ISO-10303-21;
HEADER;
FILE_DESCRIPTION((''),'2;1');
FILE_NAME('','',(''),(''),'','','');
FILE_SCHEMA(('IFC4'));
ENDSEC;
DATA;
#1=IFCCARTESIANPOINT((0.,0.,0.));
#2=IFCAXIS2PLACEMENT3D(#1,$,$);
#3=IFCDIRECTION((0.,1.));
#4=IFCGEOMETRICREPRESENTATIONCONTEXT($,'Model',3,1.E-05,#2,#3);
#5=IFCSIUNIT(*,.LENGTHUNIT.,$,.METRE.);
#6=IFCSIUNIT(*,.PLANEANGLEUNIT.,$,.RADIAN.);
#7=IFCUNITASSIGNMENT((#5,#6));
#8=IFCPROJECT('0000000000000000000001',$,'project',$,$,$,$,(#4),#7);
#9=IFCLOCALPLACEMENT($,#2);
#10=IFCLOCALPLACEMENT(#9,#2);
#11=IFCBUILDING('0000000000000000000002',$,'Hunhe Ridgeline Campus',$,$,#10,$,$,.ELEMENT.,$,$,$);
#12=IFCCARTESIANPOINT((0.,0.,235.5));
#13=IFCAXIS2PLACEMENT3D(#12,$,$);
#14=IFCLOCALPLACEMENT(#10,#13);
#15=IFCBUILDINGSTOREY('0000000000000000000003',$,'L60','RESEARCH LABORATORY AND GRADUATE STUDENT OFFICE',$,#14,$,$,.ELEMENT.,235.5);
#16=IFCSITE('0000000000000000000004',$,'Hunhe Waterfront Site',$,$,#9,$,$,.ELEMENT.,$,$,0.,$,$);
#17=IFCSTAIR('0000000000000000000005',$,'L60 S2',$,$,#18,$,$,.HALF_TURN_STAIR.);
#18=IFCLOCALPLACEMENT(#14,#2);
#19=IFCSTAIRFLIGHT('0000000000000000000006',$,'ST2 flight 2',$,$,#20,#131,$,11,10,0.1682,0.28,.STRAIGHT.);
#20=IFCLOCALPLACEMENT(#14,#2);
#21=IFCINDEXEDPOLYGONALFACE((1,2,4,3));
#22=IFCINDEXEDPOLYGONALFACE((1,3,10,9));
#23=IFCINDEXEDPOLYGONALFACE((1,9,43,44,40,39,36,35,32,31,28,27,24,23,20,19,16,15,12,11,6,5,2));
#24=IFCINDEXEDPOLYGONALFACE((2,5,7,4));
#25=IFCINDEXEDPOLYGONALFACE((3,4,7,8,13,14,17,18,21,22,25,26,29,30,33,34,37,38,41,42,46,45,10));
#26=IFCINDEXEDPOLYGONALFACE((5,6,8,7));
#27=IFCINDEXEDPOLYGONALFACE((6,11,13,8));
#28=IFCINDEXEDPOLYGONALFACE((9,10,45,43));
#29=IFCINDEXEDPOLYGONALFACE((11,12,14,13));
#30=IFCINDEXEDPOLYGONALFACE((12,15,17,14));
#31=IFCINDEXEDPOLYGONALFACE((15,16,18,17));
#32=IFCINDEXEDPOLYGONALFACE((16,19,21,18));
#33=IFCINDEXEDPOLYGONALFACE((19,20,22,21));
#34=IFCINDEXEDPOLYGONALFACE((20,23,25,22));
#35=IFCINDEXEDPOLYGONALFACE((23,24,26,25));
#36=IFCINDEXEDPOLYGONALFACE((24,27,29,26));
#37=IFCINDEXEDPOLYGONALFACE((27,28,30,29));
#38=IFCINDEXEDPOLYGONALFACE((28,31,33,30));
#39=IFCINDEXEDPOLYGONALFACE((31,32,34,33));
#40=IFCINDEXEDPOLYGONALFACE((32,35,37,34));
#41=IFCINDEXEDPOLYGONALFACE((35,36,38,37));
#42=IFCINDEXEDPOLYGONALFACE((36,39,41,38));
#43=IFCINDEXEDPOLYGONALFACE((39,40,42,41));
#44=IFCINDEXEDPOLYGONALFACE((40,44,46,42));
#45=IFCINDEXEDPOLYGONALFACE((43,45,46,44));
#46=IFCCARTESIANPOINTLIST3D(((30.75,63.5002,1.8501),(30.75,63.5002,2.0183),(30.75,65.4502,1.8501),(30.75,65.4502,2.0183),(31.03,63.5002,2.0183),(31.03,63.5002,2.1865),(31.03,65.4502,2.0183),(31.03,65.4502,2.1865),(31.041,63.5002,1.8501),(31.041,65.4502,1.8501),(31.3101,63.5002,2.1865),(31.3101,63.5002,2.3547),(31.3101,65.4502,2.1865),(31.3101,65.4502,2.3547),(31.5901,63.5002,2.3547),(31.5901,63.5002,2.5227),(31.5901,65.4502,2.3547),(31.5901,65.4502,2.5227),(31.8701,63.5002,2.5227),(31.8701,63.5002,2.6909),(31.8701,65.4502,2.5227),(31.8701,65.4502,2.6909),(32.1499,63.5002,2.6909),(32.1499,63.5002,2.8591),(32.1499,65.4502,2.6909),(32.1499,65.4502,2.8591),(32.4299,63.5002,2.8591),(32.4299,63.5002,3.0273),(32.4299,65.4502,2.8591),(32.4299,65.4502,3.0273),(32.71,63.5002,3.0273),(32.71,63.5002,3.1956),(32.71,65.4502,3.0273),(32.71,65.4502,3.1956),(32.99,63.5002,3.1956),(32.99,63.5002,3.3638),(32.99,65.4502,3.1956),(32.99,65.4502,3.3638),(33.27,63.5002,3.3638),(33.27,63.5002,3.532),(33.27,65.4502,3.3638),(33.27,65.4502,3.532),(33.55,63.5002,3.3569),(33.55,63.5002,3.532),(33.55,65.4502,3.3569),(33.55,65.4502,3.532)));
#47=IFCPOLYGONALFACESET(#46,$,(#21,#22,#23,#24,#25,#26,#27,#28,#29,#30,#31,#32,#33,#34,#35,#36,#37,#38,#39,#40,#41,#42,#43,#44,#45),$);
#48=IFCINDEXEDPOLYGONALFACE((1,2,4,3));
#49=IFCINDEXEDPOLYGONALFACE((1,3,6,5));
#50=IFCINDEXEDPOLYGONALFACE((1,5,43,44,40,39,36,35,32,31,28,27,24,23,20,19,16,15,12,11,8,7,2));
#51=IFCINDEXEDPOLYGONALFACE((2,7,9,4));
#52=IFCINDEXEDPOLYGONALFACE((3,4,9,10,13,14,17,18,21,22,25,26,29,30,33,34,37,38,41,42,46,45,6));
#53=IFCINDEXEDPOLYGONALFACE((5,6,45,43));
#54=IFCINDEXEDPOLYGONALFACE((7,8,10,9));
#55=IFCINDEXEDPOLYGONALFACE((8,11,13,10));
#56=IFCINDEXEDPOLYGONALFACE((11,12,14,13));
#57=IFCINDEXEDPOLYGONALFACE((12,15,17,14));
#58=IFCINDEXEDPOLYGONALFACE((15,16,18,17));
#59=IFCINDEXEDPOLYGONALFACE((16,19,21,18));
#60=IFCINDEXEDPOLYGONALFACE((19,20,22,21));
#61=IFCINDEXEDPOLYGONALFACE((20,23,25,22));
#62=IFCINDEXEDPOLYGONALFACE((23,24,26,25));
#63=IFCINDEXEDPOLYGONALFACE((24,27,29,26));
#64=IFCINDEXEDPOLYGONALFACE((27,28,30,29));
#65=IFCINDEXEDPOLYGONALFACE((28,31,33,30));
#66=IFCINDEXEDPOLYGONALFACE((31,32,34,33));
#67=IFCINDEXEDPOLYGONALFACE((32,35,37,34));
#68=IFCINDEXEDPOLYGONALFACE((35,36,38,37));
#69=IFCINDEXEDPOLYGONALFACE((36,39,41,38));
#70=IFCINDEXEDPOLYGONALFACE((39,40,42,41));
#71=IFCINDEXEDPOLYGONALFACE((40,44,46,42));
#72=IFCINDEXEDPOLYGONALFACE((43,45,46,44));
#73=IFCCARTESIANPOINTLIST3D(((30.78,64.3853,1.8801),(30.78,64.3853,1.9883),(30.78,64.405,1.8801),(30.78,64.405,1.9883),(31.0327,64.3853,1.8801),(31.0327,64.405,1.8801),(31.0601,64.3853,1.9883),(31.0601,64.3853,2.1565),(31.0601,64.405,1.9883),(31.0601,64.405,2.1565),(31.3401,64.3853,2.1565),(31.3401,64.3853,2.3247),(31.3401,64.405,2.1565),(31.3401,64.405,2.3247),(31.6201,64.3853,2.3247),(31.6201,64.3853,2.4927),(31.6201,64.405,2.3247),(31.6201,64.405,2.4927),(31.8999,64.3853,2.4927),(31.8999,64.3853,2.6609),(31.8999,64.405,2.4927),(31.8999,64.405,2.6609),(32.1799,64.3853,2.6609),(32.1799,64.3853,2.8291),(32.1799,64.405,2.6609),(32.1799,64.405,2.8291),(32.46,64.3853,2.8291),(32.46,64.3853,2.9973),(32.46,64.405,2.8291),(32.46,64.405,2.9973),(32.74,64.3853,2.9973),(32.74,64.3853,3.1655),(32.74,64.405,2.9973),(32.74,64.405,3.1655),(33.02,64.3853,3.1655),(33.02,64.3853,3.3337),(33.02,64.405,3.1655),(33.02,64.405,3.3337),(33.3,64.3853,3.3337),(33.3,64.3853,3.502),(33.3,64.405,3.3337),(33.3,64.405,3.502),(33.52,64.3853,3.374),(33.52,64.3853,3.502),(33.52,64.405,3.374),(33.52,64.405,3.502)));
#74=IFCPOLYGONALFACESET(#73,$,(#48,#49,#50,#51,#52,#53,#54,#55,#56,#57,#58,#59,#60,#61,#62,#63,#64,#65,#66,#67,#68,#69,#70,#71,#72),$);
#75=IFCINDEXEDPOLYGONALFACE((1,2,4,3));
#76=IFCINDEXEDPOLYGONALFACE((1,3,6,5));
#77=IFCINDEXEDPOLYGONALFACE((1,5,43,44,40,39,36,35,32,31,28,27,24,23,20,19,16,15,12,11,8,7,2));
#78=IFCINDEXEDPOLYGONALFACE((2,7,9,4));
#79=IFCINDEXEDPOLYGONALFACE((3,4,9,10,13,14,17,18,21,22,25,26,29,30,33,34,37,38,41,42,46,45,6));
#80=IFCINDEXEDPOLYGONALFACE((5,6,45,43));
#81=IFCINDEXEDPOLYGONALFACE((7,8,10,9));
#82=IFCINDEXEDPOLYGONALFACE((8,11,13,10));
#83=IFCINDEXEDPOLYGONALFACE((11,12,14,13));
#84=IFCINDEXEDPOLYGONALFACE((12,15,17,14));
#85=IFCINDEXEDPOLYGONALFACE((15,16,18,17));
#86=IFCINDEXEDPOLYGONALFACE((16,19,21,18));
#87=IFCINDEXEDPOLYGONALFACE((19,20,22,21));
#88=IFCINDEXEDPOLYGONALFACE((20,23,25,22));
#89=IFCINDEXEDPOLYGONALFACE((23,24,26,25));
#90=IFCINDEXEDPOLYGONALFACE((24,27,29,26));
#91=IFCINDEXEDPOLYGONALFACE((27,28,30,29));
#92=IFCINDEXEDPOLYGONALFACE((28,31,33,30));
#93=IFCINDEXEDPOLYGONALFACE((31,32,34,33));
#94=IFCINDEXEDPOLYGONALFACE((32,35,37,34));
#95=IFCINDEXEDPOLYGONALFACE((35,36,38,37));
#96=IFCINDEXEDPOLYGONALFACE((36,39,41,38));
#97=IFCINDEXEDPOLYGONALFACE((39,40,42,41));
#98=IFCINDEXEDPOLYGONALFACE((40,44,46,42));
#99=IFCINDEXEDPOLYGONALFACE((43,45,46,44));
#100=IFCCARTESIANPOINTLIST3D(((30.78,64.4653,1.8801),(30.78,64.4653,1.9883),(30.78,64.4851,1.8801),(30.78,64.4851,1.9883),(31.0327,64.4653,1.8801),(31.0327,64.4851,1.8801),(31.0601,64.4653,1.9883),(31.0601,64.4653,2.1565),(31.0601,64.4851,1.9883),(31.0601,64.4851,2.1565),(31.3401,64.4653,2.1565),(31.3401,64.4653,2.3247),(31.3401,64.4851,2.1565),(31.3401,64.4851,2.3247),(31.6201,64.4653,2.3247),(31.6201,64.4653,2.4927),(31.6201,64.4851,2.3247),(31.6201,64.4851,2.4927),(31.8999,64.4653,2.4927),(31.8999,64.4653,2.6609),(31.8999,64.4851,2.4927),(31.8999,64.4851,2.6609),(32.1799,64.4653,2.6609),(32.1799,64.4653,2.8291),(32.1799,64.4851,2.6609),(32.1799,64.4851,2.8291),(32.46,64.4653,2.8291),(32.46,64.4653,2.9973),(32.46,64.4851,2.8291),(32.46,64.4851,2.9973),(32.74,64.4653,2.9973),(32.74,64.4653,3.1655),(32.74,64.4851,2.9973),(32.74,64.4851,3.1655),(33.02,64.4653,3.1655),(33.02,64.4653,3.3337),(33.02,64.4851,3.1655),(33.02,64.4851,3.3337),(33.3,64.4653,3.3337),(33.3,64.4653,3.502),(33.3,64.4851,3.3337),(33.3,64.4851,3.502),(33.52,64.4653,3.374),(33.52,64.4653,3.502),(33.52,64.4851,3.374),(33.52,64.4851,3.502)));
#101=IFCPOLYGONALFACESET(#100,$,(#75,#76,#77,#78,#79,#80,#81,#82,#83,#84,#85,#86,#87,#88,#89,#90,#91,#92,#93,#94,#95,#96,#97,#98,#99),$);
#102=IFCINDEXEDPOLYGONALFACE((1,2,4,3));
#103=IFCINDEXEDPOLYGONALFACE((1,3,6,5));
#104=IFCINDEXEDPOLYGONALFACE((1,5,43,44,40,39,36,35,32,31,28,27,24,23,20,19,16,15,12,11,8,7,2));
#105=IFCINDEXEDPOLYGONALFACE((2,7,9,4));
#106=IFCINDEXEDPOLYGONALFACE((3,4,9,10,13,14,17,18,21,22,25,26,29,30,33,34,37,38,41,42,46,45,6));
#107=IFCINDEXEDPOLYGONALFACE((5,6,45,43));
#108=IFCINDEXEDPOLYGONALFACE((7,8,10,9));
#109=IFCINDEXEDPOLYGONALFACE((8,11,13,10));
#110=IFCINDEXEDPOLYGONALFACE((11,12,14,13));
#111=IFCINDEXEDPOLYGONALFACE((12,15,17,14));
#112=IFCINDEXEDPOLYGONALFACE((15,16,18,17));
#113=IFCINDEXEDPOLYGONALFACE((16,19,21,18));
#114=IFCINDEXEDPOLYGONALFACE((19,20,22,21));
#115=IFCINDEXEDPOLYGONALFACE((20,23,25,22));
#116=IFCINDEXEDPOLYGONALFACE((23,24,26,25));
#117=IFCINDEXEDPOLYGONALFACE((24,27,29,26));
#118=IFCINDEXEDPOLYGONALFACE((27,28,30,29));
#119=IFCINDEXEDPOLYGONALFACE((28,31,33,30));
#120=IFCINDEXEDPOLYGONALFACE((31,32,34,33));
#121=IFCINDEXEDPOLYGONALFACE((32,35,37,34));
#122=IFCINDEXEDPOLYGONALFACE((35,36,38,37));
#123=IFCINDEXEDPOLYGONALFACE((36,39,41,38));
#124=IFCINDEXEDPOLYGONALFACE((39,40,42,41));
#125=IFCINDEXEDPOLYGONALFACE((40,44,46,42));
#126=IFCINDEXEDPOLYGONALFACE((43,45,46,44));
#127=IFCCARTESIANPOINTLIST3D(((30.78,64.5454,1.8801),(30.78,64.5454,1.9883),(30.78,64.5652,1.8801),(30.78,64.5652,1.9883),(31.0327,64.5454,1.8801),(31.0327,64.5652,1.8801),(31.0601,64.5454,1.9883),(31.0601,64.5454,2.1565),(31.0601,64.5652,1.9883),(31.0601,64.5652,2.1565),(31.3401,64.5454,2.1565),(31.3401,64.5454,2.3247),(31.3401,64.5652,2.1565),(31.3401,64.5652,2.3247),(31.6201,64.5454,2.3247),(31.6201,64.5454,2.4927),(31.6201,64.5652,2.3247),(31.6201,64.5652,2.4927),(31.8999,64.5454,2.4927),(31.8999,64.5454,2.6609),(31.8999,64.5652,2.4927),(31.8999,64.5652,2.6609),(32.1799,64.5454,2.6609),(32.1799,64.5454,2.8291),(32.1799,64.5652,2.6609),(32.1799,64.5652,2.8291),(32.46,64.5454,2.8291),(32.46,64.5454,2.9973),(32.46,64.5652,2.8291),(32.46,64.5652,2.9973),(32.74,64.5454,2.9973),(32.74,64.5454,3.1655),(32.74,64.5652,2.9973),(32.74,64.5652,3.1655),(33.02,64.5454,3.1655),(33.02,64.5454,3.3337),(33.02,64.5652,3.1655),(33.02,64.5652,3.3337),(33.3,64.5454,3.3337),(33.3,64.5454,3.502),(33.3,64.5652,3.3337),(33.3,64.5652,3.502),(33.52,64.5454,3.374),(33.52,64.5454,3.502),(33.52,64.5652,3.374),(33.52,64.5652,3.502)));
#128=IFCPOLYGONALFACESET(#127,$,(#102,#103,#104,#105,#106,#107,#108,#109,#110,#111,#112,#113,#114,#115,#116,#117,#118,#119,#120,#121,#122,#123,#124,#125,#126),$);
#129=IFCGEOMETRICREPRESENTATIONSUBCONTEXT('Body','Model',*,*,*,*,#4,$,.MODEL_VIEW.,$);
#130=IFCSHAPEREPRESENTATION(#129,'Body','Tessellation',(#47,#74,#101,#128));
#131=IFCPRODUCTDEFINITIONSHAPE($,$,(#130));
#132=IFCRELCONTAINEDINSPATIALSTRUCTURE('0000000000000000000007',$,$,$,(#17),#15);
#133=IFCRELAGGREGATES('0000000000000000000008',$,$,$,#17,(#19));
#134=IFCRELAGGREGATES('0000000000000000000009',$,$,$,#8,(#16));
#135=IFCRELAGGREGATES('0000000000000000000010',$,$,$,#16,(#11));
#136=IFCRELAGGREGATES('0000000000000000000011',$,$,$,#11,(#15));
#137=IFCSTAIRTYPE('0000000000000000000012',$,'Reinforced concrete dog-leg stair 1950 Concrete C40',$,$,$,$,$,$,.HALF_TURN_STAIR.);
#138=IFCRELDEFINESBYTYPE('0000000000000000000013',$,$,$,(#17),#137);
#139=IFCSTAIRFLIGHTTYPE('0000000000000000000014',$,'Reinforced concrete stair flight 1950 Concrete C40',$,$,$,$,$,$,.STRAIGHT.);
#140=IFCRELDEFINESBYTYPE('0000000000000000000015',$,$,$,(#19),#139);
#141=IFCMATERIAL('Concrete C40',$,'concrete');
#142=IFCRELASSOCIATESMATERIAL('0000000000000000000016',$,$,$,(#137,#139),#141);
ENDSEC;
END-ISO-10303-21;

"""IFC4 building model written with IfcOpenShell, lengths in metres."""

from ifc_helpers import new_model, si_unit, direction, frame, origin, place, context, subcontext, project, spatial, polyline, outline, extrude, material, type_object, element, aggregate, save


model = new_model("IFC4")

# Units and contexts
model_context = context("Model", 3, precision=1e-05, world=origin(), true_north=direction((0.0, 1.0)))
body_context = subcontext(model_context, "Body", "Model", "MODEL_VIEW")
ifc_project = project(units=[si_unit("LENGTHUNIT", "METRE"), si_unit("PLANEANGLEUNIT", "RADIAN")], contexts=[model_context])

# Site, building, storey
site_placement = place(None, origin())
site = spatial("IfcSite", under=ifc_project, at=site_placement, Name="Hunhe Waterfront Site", CompositionType="ELEMENT", RefElevation=0.0)
building_placement = place(site_placement, origin())
building = spatial("IfcBuilding", under=site, at=building_placement, Name="Hunhe Ridgeline Campus", CompositionType="ELEMENT")
storey_placement = place(building_placement, frame((0.0, 0.0, 235.5)))
storey = spatial("IfcBuildingStorey", under=building, at=storey_placement, Name="L60", Description="RESEARCH LABORATORY AND GRADUATE STUDENT OFFICE", CompositionType="ELEMENT", Elevation=235.5)

# Stair, stair flight
ifc_material_1 = material(Name="Concrete C40", Category="concrete")
stair_type = type_object("IfcStairType", Name="Reinforced concrete dog-leg stair 1950 Concrete C40", PredefinedType="HALF_TURN_STAIR", material=ifc_material_1)
stair_placement = place(storey_placement, origin())
stair = element("IfcStair", 1, at=stair_placement, inside=storey, type_object=stair_type, Name="L60 S2", PredefinedType="HALF_TURN_STAIR")
stair_flight_type = type_object("IfcStairFlightType", Name="Reinforced concrete stair flight 1950 Concrete C40", PredefinedType="STRAIGHT", material=ifc_material_1)
stair_flight_1_placement = place(storey_placement, frame((30.75, 64.4751, 1.8501), z_axis=(0.0, 0.0, 1.0), x_axis=(1.0, 0.0, 0.0)))
stair_flight_1 = element("IfcStairFlight", 2, at=stair_flight_1_placement, type_object=stair_flight_type, Name="ST2 flight 2", NumberOfRisers=11, NumberOfTreads=10, PredefinedType="STRAIGHT", RiserHeight=0.1682, TreadLength=0.28, context=body_context, shape_type="SweptSolid", body=[
    extrude(outline(polyline([(0.0, 0.0), (0.0, 0.1682), (0.28, 0.1682), (0.28, 0.3364), (0.5601, 0.3364), (0.5601, 0.5046), (0.8401, 0.5046), (0.8401, 0.6726), (1.1201, 0.6726), (1.1201, 0.8408), (1.3999, 0.8408), (1.3999, 1.009), (1.6799, 1.009), (1.6799, 1.1772), (1.96, 1.1772), (1.96, 1.3455), (2.24, 1.3455), (2.24, 1.5137), (2.52, 1.5137), (2.52, 1.6819), (2.8, 1.6819), (2.8, 1.8501), (2.8, 1.5068), (0.291, 0.0), (0.0, 0.0)])), frame((0.0, 0.9751, 0.0), z_axis=(0.0, -1.0, 0.0), x_axis=(1.0, 0.0, 0.0)), (0.0, 0.0, 1.0), 1.95),
    extrude(outline(polyline([(0.03, 0.03), (0.03, 0.1382), (0.3101, 0.1382), (0.3101, 0.3064), (0.5901, 0.3064), (0.5901, 0.4746), (0.8701, 0.4746), (0.8701, 0.6426), (1.1499, 0.6426), (1.1499, 0.8108), (1.4299, 0.8108), (1.4299, 0.979), (1.71, 0.979), (1.71, 1.1472), (1.99, 1.1472), (1.99, 1.3154), (2.27, 1.3154), (2.27, 1.4836), (2.55, 1.4836), (2.55, 1.6519), (2.77, 1.6519), (2.77, 1.5239), (0.2827, 0.03), (0.03, 0.03)])), frame((0.0, -0.0701, 0.0), z_axis=(0.0, -1.0, 0.0), x_axis=(1.0, 0.0, 0.0)), (0.0, 0.0, 1.0), 0.0198),
    extrude(outline(polyline([(0.03, 0.03), (0.03, 0.1382), (0.3101, 0.1382), (0.3101, 0.3064), (0.5901, 0.3064), (0.5901, 0.4746), (0.8701, 0.4746), (0.8701, 0.6426), (1.1499, 0.6426), (1.1499, 0.8108), (1.4299, 0.8108), (1.4299, 0.979), (1.71, 0.979), (1.71, 1.1472), (1.99, 1.1472), (1.99, 1.3154), (2.27, 1.3154), (2.27, 1.4836), (2.55, 1.4836), (2.55, 1.6519), (2.77, 1.6519), (2.77, 1.5239), (0.2827, 0.03), (0.03, 0.03)])), frame((0.0, 0.01, 0.0), z_axis=(0.0, -1.0, 0.0), x_axis=(1.0, 0.0, 0.0)), (0.0, 0.0, 1.0), 0.0198),
    extrude(outline(polyline([(0.03, 0.03), (0.03, 0.1382), (0.3101, 0.1382), (0.3101, 0.3064), (0.5901, 0.3064), (0.5901, 0.4746), (0.8701, 0.4746), (0.8701, 0.6426), (1.1499, 0.6426), (1.1499, 0.8108), (1.4299, 0.8108), (1.4299, 0.979), (1.71, 0.979), (1.71, 1.1472), (1.99, 1.1472), (1.99, 1.3154), (2.27, 1.3154), (2.27, 1.4836), (2.55, 1.4836), (2.55, 1.6519), (2.77, 1.6519), (2.77, 1.5239), (0.2827, 0.03), (0.03, 0.03)])), frame((0.0, 0.0901, 0.0), z_axis=(0.0, -1.0, 0.0), x_axis=(1.0, 0.0, 0.0)), (0.0, 0.0, 1.0), 0.0198),
])
aggregate(stair, [stair_flight_1])

save(model, "model.ifc")
